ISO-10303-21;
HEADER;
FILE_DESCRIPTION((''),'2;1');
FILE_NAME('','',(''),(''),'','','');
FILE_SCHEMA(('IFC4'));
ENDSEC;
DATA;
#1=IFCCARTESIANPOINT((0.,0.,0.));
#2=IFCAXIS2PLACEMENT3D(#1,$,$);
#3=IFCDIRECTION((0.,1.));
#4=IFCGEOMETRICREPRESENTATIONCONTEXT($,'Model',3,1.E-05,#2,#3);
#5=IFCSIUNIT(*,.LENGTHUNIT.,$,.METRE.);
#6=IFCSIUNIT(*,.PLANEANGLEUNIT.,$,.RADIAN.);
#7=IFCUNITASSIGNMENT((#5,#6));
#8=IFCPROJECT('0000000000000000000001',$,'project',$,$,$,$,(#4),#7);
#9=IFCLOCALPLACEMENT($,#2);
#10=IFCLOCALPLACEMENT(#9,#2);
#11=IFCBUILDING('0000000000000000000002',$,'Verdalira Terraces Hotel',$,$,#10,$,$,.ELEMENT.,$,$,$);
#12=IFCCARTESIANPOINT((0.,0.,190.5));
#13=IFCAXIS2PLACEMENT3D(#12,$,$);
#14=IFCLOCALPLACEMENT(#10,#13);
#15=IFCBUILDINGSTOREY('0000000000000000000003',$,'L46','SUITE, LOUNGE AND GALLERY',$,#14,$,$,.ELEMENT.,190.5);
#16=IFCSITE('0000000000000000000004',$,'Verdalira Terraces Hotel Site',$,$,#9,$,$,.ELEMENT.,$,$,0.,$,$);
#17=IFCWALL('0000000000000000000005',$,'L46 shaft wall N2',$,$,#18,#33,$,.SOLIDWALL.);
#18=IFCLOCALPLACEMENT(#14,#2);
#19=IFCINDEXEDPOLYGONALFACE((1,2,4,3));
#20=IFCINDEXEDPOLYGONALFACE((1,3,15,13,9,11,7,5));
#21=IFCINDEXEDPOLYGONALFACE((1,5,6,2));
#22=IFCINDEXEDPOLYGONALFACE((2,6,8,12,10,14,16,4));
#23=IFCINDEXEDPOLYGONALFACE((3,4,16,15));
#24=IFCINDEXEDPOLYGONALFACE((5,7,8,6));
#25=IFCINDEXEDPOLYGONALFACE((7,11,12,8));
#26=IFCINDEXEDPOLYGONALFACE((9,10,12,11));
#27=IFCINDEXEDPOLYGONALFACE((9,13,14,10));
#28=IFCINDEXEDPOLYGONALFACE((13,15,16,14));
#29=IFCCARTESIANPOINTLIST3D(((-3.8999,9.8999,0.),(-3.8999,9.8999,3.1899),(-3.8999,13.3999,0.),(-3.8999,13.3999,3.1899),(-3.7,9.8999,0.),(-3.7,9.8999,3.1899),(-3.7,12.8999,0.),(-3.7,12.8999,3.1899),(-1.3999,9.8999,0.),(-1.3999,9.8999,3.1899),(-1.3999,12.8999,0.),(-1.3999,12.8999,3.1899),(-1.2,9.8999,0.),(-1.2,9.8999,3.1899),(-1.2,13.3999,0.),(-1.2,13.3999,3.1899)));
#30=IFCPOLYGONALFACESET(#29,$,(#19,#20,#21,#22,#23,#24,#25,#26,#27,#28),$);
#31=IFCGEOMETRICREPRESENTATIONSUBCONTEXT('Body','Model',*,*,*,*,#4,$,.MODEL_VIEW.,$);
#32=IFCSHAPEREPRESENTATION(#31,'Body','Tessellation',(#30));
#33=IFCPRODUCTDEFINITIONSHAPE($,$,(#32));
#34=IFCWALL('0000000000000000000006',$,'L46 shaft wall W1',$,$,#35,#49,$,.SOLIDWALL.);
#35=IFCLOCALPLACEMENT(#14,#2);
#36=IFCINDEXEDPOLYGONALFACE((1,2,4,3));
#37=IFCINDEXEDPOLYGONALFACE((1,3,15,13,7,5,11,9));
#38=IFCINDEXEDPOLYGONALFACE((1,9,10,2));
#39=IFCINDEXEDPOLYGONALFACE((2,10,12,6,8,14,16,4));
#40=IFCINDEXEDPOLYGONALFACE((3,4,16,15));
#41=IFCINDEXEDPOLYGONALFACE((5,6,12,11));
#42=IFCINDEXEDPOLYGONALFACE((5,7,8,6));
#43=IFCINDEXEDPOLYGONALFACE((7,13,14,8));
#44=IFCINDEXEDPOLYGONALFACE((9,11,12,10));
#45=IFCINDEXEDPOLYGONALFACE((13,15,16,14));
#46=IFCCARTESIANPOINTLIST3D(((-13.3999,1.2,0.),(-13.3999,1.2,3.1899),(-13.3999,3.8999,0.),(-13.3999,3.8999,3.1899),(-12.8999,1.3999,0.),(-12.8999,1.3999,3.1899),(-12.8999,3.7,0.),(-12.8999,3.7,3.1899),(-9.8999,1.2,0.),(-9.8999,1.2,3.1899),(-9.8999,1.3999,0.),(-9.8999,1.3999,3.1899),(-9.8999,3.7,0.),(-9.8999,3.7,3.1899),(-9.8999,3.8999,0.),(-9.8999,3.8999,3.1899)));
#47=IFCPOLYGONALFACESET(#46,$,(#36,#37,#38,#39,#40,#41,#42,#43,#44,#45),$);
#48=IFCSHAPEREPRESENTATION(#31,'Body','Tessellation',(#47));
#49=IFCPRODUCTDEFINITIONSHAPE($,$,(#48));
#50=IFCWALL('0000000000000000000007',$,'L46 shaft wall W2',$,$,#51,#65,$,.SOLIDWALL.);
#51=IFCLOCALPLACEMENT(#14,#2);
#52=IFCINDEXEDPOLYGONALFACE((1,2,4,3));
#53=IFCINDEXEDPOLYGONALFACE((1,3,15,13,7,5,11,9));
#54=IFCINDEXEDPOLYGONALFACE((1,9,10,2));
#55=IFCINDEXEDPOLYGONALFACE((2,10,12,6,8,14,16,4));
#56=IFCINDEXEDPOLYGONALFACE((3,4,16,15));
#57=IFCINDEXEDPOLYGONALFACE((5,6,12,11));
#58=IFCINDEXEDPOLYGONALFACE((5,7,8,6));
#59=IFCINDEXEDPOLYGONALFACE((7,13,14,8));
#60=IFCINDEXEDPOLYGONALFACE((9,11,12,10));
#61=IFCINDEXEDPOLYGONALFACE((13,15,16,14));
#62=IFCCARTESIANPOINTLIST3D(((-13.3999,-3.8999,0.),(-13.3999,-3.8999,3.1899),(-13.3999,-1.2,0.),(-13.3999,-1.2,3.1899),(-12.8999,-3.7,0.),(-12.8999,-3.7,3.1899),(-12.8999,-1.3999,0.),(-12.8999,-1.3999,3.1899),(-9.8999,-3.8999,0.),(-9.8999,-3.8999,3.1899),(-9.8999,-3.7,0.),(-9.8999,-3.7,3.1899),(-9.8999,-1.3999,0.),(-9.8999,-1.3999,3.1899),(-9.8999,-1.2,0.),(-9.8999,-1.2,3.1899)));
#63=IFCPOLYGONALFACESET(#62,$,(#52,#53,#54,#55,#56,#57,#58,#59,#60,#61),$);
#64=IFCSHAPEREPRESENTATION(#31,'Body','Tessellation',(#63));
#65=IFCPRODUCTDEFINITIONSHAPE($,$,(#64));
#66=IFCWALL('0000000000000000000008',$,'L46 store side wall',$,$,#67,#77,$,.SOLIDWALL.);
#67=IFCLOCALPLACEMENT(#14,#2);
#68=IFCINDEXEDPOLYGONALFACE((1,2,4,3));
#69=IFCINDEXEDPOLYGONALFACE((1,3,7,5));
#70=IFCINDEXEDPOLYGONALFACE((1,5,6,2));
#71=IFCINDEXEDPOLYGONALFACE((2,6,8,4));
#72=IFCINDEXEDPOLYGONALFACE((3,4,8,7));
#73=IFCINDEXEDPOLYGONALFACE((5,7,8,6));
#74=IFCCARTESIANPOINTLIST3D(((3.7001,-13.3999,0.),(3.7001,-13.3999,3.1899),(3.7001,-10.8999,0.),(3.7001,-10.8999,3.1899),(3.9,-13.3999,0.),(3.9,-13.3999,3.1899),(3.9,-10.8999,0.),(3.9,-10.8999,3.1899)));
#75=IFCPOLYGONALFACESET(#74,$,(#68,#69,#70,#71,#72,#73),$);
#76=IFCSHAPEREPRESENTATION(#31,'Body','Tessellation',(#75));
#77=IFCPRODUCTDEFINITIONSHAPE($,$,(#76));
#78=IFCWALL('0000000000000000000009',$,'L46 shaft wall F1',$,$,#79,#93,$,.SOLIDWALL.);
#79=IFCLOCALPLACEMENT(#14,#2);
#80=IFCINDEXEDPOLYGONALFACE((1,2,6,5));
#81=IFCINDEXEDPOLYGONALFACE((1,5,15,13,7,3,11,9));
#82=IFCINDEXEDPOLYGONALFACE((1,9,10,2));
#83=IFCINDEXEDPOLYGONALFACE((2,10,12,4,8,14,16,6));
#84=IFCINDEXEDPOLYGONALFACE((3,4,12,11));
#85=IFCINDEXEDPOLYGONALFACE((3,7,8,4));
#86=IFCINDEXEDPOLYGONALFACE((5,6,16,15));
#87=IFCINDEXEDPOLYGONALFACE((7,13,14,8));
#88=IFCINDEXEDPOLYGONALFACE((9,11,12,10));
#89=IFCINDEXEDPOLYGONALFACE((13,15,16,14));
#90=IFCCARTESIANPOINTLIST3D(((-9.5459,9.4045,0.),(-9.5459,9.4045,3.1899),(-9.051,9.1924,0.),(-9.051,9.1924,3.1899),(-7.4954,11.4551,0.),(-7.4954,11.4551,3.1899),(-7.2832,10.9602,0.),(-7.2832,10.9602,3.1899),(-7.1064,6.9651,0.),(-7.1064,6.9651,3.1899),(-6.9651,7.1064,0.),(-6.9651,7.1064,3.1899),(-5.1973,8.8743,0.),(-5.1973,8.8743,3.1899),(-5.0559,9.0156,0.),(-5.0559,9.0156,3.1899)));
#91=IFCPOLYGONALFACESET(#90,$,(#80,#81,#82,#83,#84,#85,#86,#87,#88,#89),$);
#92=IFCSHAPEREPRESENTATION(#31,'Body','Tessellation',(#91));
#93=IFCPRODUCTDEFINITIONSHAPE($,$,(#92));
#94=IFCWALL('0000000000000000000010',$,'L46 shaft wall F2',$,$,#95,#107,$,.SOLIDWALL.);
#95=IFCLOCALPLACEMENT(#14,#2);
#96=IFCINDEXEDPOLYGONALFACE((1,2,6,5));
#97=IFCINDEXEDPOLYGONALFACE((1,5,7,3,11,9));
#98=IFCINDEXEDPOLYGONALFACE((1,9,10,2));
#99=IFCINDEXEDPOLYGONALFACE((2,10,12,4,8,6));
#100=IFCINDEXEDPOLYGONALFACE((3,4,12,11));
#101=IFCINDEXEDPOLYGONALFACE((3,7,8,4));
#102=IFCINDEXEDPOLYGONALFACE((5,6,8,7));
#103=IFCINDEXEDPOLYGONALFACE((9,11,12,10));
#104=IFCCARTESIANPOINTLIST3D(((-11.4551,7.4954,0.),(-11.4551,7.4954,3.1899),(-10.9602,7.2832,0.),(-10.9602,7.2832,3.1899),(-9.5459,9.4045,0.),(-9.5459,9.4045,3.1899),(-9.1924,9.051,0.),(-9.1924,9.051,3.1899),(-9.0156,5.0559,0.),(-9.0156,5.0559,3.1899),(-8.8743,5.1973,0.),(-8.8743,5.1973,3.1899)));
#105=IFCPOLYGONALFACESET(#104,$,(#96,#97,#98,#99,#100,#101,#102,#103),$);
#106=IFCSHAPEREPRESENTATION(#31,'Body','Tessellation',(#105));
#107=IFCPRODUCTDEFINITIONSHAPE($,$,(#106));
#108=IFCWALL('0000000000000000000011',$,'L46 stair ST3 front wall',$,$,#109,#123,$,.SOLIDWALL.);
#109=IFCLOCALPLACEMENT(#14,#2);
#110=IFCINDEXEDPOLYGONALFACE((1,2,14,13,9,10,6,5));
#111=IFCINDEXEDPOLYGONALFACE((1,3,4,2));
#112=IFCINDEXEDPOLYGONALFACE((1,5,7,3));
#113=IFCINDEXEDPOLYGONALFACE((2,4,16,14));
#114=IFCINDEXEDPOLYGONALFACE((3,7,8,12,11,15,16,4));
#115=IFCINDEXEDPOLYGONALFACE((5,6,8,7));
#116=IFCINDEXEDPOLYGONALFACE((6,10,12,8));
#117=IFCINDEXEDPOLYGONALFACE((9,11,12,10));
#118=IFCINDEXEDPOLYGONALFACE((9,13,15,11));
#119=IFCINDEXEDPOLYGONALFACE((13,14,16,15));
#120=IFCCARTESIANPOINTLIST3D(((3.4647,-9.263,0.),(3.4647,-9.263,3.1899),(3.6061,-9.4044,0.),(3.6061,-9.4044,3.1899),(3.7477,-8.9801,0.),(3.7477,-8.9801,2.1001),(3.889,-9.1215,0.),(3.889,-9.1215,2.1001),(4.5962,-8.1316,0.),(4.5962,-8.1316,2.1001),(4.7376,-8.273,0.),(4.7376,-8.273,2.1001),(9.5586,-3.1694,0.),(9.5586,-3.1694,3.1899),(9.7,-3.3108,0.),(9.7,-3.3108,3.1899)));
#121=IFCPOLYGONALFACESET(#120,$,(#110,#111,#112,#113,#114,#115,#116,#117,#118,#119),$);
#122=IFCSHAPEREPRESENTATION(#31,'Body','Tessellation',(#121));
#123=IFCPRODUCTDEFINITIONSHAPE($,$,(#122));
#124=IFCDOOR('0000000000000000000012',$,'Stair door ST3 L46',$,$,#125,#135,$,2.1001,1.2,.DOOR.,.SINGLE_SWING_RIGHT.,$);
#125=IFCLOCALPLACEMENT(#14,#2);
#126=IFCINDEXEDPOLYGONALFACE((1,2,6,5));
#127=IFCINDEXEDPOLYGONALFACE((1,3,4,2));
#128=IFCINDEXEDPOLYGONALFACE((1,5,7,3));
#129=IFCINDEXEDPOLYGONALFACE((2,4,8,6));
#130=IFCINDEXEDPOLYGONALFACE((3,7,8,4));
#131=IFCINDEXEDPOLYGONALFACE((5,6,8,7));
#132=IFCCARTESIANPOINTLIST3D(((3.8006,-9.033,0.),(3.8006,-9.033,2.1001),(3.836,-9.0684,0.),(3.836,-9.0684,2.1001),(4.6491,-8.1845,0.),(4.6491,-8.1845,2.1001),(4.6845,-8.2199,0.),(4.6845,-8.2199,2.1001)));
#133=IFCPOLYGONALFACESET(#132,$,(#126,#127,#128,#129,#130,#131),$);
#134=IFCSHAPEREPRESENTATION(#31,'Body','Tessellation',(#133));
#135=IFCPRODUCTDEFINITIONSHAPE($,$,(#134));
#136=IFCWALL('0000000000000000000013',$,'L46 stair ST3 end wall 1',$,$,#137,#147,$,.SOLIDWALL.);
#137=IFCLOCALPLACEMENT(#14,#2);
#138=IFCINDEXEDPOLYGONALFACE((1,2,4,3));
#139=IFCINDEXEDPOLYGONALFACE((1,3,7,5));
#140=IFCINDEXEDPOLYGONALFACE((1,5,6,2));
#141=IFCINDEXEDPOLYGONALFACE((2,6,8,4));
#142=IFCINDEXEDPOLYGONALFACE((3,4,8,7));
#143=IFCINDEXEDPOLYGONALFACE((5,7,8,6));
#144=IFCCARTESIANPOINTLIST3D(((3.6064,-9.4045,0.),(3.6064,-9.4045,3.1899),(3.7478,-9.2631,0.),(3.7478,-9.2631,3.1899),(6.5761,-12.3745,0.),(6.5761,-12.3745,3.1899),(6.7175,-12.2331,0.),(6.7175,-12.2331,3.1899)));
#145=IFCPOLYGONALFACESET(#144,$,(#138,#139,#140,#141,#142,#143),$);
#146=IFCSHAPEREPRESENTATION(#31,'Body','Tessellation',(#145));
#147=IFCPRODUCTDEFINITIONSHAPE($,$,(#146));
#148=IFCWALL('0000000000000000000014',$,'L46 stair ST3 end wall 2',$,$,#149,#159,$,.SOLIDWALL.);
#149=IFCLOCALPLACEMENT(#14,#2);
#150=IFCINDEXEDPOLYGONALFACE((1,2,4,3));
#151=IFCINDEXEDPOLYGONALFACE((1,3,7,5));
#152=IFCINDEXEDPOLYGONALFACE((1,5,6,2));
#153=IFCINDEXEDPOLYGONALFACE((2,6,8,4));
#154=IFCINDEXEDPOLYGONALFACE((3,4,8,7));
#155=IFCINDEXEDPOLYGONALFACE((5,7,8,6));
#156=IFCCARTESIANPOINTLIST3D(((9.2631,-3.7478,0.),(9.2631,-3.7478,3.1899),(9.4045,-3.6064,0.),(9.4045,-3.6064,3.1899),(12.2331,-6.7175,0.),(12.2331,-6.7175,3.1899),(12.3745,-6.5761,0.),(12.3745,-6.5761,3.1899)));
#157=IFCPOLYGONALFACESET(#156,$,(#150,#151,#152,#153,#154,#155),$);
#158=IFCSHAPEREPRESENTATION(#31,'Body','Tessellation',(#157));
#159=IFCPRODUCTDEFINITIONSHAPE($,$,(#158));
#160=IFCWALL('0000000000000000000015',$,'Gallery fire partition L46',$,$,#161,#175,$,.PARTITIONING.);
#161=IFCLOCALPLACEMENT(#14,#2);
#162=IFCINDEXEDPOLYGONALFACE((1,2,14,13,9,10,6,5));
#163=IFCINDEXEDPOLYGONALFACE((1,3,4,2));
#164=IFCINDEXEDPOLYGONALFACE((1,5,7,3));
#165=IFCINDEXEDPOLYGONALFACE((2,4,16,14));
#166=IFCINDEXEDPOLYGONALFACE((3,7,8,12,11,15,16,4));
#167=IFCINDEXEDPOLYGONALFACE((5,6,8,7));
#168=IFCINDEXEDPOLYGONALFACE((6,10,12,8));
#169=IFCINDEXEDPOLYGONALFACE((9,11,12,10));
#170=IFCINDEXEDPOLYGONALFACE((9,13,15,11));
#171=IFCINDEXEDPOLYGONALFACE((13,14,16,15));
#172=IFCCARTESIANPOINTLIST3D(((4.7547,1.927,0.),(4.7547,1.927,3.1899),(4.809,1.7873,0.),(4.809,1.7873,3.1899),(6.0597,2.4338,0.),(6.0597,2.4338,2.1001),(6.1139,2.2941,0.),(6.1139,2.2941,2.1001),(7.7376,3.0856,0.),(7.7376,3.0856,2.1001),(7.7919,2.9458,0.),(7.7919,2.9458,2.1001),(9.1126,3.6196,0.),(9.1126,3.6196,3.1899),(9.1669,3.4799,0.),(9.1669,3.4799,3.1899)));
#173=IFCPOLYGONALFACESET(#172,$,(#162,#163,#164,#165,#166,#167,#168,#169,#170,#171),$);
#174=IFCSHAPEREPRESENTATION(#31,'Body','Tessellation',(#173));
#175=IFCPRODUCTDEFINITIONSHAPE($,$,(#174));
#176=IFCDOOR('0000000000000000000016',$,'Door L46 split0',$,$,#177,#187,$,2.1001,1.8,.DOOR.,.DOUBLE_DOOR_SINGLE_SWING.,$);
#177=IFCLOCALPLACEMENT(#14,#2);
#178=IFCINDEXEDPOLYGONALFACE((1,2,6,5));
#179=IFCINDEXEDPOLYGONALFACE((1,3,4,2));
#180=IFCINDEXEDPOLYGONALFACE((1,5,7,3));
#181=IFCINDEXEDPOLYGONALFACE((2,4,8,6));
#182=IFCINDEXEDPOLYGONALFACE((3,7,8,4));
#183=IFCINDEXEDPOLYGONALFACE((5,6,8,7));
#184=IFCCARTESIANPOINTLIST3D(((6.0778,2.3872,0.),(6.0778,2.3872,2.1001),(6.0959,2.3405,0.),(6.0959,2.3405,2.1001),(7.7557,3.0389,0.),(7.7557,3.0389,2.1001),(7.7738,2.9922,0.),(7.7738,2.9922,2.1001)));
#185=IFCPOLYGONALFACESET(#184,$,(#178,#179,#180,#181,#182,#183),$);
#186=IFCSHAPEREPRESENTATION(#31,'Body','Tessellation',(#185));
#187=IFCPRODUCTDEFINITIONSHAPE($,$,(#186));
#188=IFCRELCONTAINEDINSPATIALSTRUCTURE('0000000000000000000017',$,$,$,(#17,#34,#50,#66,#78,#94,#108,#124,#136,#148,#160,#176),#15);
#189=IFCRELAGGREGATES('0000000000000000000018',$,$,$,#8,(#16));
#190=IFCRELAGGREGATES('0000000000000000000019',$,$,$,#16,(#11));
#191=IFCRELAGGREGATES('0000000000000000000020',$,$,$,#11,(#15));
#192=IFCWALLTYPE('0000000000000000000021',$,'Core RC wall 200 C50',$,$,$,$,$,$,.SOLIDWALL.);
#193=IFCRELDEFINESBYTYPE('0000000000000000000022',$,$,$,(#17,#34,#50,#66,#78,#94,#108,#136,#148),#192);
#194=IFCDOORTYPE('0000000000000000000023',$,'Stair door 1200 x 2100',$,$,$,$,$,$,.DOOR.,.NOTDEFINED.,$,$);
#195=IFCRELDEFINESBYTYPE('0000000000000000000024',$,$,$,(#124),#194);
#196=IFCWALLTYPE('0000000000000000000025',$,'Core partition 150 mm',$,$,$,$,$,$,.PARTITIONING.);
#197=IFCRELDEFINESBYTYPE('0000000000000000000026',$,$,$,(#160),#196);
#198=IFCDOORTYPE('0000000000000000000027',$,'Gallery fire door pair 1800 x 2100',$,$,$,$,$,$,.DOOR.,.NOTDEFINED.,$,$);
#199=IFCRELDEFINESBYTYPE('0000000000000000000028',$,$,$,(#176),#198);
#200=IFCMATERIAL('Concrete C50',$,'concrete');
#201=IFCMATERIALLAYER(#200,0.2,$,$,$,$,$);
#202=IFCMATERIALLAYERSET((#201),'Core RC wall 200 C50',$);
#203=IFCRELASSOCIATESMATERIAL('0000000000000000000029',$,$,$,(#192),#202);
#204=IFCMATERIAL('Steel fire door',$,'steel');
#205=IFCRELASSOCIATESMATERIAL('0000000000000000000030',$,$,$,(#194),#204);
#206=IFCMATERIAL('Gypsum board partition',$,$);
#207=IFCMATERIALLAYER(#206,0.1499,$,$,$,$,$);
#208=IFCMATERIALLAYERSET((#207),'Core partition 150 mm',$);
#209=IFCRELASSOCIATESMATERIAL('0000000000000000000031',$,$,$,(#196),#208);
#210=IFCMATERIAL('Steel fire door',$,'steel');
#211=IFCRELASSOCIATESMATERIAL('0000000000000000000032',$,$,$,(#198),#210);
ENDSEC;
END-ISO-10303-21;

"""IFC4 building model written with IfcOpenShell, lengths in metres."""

from ifc_helpers import new_model, si_unit, direction, frame, frame_2d, origin, place, context, subcontext, project, spatial, polyline, rectangle, outline, extrude, material, layer, layer_set, type_object, element, fill, save


model = new_model("IFC4")

# Units and contexts
model_context = context("Model", 3, precision=1e-05, world=origin(), true_north=direction((0.0, 1.0)))
body_context = subcontext(model_context, "Body", "Model", "MODEL_VIEW")
ifc_project = project(units=[si_unit("LENGTHUNIT", "METRE"), si_unit("PLANEANGLEUNIT", "RADIAN")], contexts=[model_context])

# Site, building, storey
site_placement = place(None, origin())
site = spatial("IfcSite", under=ifc_project, at=site_placement, Name="Verdalira Terraces Hotel Site", CompositionType="ELEMENT", RefElevation=0.0)
building_placement = place(site_placement, origin())
building = spatial("IfcBuilding", under=site, at=building_placement, Name="Verdalira Terraces Hotel", CompositionType="ELEMENT")
storey_placement = place(building_placement, frame((0.0, 0.0, 190.5)))
storey = spatial("IfcBuildingStorey", under=building, at=storey_placement, Name="L46", Description="SUITE, LOUNGE AND GALLERY", CompositionType="ELEMENT", Elevation=190.5)

# Shared definitions
ifc_material_1 = material(Name="Concrete C50", Category="concrete")
ifc_layer_1 = layer(ifc_material_1, 0.2)
ifc_layer_set_1 = layer_set([ifc_layer_1], Name="Core RC wall 200 C50")
wall_type_1 = type_object("IfcWallType", Name="Core RC wall 200 C50", PredefinedType="SOLIDWALL", material=ifc_layer_set_1)

# Walls
wall_1_placement = place(storey_placement, origin())
element("IfcWall", 1, at=wall_1_placement, inside=storey, type_object=wall_type_1, Name="L46 shaft wall N2", PredefinedType="SOLIDWALL", context=body_context, shape_type="SweptSolid", body=[
    extrude(outline(polyline([(-3.8999, 13.3999), (-1.2, 13.3999), (-1.2, 9.8999), (-1.3999, 9.8999), (-1.3999, 12.8999), (-3.7, 12.8999), (-3.7, 9.8999), (-3.8999, 9.8999), (-3.8999, 13.3999)])), origin(), (0.0, 0.0, 1.0), 3.1899),
])
wall_2_placement = place(storey_placement, origin())
element("IfcWall", 2, at=wall_2_placement, inside=storey, type_object=wall_type_1, Name="L46 shaft wall W1", PredefinedType="SOLIDWALL", context=body_context, shape_type="SweptSolid", body=[
    extrude(outline(polyline([(-13.3999, 3.8999), (-9.8999, 3.8999), (-9.8999, 3.7), (-12.8999, 3.7), (-12.8999, 1.3999), (-9.8999, 1.3999), (-9.8999, 1.2), (-13.3999, 1.2), (-13.3999, 3.8999)])), origin(), (0.0, 0.0, 1.0), 3.1899),
])
wall_3_placement = place(storey_placement, origin())
element("IfcWall", 3, at=wall_3_placement, inside=storey, type_object=wall_type_1, Name="L46 shaft wall W2", PredefinedType="SOLIDWALL", context=body_context, shape_type="SweptSolid", body=[
    extrude(outline(polyline([(-13.3999, -3.8999), (-13.3999, -1.2), (-9.8999, -1.2), (-9.8999, -1.3999), (-12.8999, -1.3999), (-12.8999, -3.7), (-9.8999, -3.7), (-9.8999, -3.8999), (-13.3999, -3.8999)])), origin(), (0.0, 0.0, 1.0), 3.1899),
])
wall_4_placement = place(storey_placement, frame((3.8, -10.8999, 0.0), z_axis=(0.0, 0.0, 1.0), x_axis=(0.0, -1.0, 0.0)))
element("IfcWall", 4, at=wall_4_placement, inside=storey, type_object=wall_type_1, Name="L46 store side wall", PredefinedType="SOLIDWALL", context=body_context, shape_type="SweptSolid", body=[
    extrude(rectangle(XDim=2.5, YDim=0.2, at=frame_2d((1.25, 0.0))), origin(), (0.0, 0.0, 1.0), 3.1899),
])
wall_5_placement = place(storey_placement, origin())
element("IfcWall", 5, at=wall_5_placement, inside=storey, type_object=wall_type_1, Name="L46 shaft wall F1", PredefinedType="SOLIDWALL", context=body_context, shape_type="SweptSolid", body=[
    extrude(outline(polyline([(-9.5459, 9.4045), (-7.4954, 11.4551), (-5.0559, 9.0156), (-5.1973, 8.8743), (-7.2832, 10.9602), (-9.051, 9.1924), (-6.9651, 7.1064), (-7.1064, 6.9651), (-9.5459, 9.4045)])), origin(), (0.0, 0.0, 1.0), 3.1899),
])
wall_6_placement = place(storey_placement, origin())
element("IfcWall", 6, at=wall_6_placement, inside=storey, type_object=wall_type_1, Name="L46 shaft wall F2", PredefinedType="SOLIDWALL", context=body_context, shape_type="SweptSolid", body=[
    extrude(outline(polyline([(-11.4551, 7.4954), (-9.5459, 9.4045), (-9.1924, 9.051), (-10.9602, 7.2832), (-8.8743, 5.1973), (-9.0156, 5.0559), (-11.4551, 7.4954)])), origin(), (0.0, 0.0, 1.0), 3.1899),
])

# Wall, opening, door
wall_7_placement = place(storey_placement, frame((9.6294, -3.24, 0.0), z_axis=(0.0, 0.0, 1.0), x_axis=(-0.707121, -0.707093, 0.0)))
wall_7 = element("IfcWall", 7, at=wall_7_placement, inside=storey, type_object=wall_type_1, Name="L46 stair ST3 front wall", PredefinedType="SOLIDWALL", context=body_context, shape_type="SweptSolid", body=[
    extrude(rectangle(XDim=8.6179, YDim=0.2, at=frame_2d((4.3091, 0.0))), origin(), (0.0, 0.0, 1.0), 3.1899),
])
opening_1_placement = place(wall_7_placement, frame((7.0178, 0.0, 0.0)))
opening_1 = element("IfcOpeningElement", 8, at=opening_1_placement, cuts=wall_7, PredefinedType="OPENING", context=body_context, shape_type="SweptSolid", body=[
    extrude(rectangle(XDim=1.2, YDim=2.1001, at=frame_2d((0.6001, 1.05))), frame((0.0, 0.1099, 0.0), z_axis=(0.0, -1.0, 0.0), x_axis=(1.0, 0.0, 0.0)), (0.0, 0.0, 1.0), 0.22),
])
ifc_material_2 = material(Name="Steel fire door", Category="steel")
door_type_1 = type_object("IfcDoorType", Name="Stair door 1200 x 2100", OperationType="NOTDEFINED", PredefinedType="DOOR", material=ifc_material_2)
door_1_placement = place(opening_1_placement, origin())
door_1 = element("IfcDoor", 9, at=door_1_placement, inside=storey, type_object=door_type_1, Name="Stair door ST3 L46", OperationType="SINGLE_SWING_RIGHT", OverallHeight=2.1001, OverallWidth=1.2, PredefinedType="DOOR", context=body_context, shape_type="SweptSolid", body=[
    extrude(rectangle(XDim=1.2, YDim=2.1001, at=frame_2d((0.6001, 1.05))), frame((0.0, 0.0249, 0.0), z_axis=(0.0, -1.0, 0.0), x_axis=(1.0, 0.0, 0.0)), (0.0, 0.0, 1.0), 0.05),
])
fill(opening_1, door_1)

# Walls
for number, where, z_axis, x_axis, name in (
    (10, (3.677, -9.3337, 0.0), (0.0, 0.0, 1.0), (0.707078, -0.707136, 0.0), "L46 stair ST3 end wall 1"),
    (11, (9.3337, -3.677, 0.0), (0.0, 0.0, 1.0), (0.707136, -0.707078, 0.0), "L46 stair ST3 end wall 2"),
):
    element("IfcWall", number, at=place(storey_placement, frame(where, z_axis=z_axis, x_axis=x_axis)), inside=storey, type_object=wall_type_1, Name=name, PredefinedType="SOLIDWALL", context=body_context, shape_type="SweptSolid", body=[
        extrude(rectangle(XDim=4.2, YDim=0.2, at=frame_2d((2.1001, 0.0))), origin(), (0.0, 0.0, 1.0), 3.1899),
    ])

# Wall, opening, door
ifc_material_3 = material(Name="Gypsum board partition")
ifc_layer_2 = layer(ifc_material_3, 0.1499)
ifc_layer_set_2 = layer_set([ifc_layer_2], Name="Core partition 150 mm")
wall_type_2 = type_object("IfcWallType", Name="Core partition 150 mm", PredefinedType="PARTITIONING", material=ifc_layer_set_2)
wall_8_placement = place(storey_placement, frame((4.782, 1.8572, 0.0), z_axis=(0.0, 0.0, 1.0), x_axis=(0.932157, 0.362053, 0.0)))
wall_8 = element("IfcWall", 12, at=wall_8_placement, inside=storey, type_object=wall_type_2, Name="Gallery fire partition L46", PredefinedType="PARTITIONING", context=body_context, shape_type="SweptSolid", body=[
    extrude(rectangle(XDim=4.675, YDim=0.1499, at=frame_2d((2.3374, 0.0))), origin(), (0.0, 0.0, 1.0), 3.1899),
])
opening_2_placement = place(wall_8_placement, frame((1.3999, 0.0, 0.0)))
opening_2 = element("IfcOpeningElement", 13, at=opening_2_placement, cuts=wall_8, PredefinedType="OPENING", context=body_context, shape_type="SweptSolid", body=[
    extrude(rectangle(XDim=1.8, YDim=2.1001, at=frame_2d((0.8999, 1.05))), frame((0.0, 0.085, 0.0), z_axis=(0.0, -1.0, 0.0), x_axis=(1.0, 0.0, 0.0)), (0.0, 0.0, 1.0), 0.1699),
])
ifc_material_4 = material(Name="Steel fire door", Category="steel")
door_type_2 = type_object("IfcDoorType", Name="Gallery fire door pair 1800 x 2100", OperationType="NOTDEFINED", PredefinedType="DOOR", material=ifc_material_4)
door_2_placement = place(opening_2_placement, origin())
door_2 = element("IfcDoor", 14, at=door_2_placement, inside=storey, type_object=door_type_2, Name="Door L46 split0", OperationType="DOUBLE_DOOR_SINGLE_SWING", OverallHeight=2.1001, OverallWidth=1.8, PredefinedType="DOOR", context=body_context, shape_type="SweptSolid", body=[
    extrude(rectangle(XDim=1.8, YDim=2.1001, at=frame_2d((0.8999, 1.05))), frame((0.0, 0.0249, 0.0), z_axis=(0.0, -1.0, 0.0), x_axis=(1.0, 0.0, 0.0)), (0.0, 0.0, 1.0), 0.05),
])
fill(opening_2, door_2)

save(model, "model.ifc")
